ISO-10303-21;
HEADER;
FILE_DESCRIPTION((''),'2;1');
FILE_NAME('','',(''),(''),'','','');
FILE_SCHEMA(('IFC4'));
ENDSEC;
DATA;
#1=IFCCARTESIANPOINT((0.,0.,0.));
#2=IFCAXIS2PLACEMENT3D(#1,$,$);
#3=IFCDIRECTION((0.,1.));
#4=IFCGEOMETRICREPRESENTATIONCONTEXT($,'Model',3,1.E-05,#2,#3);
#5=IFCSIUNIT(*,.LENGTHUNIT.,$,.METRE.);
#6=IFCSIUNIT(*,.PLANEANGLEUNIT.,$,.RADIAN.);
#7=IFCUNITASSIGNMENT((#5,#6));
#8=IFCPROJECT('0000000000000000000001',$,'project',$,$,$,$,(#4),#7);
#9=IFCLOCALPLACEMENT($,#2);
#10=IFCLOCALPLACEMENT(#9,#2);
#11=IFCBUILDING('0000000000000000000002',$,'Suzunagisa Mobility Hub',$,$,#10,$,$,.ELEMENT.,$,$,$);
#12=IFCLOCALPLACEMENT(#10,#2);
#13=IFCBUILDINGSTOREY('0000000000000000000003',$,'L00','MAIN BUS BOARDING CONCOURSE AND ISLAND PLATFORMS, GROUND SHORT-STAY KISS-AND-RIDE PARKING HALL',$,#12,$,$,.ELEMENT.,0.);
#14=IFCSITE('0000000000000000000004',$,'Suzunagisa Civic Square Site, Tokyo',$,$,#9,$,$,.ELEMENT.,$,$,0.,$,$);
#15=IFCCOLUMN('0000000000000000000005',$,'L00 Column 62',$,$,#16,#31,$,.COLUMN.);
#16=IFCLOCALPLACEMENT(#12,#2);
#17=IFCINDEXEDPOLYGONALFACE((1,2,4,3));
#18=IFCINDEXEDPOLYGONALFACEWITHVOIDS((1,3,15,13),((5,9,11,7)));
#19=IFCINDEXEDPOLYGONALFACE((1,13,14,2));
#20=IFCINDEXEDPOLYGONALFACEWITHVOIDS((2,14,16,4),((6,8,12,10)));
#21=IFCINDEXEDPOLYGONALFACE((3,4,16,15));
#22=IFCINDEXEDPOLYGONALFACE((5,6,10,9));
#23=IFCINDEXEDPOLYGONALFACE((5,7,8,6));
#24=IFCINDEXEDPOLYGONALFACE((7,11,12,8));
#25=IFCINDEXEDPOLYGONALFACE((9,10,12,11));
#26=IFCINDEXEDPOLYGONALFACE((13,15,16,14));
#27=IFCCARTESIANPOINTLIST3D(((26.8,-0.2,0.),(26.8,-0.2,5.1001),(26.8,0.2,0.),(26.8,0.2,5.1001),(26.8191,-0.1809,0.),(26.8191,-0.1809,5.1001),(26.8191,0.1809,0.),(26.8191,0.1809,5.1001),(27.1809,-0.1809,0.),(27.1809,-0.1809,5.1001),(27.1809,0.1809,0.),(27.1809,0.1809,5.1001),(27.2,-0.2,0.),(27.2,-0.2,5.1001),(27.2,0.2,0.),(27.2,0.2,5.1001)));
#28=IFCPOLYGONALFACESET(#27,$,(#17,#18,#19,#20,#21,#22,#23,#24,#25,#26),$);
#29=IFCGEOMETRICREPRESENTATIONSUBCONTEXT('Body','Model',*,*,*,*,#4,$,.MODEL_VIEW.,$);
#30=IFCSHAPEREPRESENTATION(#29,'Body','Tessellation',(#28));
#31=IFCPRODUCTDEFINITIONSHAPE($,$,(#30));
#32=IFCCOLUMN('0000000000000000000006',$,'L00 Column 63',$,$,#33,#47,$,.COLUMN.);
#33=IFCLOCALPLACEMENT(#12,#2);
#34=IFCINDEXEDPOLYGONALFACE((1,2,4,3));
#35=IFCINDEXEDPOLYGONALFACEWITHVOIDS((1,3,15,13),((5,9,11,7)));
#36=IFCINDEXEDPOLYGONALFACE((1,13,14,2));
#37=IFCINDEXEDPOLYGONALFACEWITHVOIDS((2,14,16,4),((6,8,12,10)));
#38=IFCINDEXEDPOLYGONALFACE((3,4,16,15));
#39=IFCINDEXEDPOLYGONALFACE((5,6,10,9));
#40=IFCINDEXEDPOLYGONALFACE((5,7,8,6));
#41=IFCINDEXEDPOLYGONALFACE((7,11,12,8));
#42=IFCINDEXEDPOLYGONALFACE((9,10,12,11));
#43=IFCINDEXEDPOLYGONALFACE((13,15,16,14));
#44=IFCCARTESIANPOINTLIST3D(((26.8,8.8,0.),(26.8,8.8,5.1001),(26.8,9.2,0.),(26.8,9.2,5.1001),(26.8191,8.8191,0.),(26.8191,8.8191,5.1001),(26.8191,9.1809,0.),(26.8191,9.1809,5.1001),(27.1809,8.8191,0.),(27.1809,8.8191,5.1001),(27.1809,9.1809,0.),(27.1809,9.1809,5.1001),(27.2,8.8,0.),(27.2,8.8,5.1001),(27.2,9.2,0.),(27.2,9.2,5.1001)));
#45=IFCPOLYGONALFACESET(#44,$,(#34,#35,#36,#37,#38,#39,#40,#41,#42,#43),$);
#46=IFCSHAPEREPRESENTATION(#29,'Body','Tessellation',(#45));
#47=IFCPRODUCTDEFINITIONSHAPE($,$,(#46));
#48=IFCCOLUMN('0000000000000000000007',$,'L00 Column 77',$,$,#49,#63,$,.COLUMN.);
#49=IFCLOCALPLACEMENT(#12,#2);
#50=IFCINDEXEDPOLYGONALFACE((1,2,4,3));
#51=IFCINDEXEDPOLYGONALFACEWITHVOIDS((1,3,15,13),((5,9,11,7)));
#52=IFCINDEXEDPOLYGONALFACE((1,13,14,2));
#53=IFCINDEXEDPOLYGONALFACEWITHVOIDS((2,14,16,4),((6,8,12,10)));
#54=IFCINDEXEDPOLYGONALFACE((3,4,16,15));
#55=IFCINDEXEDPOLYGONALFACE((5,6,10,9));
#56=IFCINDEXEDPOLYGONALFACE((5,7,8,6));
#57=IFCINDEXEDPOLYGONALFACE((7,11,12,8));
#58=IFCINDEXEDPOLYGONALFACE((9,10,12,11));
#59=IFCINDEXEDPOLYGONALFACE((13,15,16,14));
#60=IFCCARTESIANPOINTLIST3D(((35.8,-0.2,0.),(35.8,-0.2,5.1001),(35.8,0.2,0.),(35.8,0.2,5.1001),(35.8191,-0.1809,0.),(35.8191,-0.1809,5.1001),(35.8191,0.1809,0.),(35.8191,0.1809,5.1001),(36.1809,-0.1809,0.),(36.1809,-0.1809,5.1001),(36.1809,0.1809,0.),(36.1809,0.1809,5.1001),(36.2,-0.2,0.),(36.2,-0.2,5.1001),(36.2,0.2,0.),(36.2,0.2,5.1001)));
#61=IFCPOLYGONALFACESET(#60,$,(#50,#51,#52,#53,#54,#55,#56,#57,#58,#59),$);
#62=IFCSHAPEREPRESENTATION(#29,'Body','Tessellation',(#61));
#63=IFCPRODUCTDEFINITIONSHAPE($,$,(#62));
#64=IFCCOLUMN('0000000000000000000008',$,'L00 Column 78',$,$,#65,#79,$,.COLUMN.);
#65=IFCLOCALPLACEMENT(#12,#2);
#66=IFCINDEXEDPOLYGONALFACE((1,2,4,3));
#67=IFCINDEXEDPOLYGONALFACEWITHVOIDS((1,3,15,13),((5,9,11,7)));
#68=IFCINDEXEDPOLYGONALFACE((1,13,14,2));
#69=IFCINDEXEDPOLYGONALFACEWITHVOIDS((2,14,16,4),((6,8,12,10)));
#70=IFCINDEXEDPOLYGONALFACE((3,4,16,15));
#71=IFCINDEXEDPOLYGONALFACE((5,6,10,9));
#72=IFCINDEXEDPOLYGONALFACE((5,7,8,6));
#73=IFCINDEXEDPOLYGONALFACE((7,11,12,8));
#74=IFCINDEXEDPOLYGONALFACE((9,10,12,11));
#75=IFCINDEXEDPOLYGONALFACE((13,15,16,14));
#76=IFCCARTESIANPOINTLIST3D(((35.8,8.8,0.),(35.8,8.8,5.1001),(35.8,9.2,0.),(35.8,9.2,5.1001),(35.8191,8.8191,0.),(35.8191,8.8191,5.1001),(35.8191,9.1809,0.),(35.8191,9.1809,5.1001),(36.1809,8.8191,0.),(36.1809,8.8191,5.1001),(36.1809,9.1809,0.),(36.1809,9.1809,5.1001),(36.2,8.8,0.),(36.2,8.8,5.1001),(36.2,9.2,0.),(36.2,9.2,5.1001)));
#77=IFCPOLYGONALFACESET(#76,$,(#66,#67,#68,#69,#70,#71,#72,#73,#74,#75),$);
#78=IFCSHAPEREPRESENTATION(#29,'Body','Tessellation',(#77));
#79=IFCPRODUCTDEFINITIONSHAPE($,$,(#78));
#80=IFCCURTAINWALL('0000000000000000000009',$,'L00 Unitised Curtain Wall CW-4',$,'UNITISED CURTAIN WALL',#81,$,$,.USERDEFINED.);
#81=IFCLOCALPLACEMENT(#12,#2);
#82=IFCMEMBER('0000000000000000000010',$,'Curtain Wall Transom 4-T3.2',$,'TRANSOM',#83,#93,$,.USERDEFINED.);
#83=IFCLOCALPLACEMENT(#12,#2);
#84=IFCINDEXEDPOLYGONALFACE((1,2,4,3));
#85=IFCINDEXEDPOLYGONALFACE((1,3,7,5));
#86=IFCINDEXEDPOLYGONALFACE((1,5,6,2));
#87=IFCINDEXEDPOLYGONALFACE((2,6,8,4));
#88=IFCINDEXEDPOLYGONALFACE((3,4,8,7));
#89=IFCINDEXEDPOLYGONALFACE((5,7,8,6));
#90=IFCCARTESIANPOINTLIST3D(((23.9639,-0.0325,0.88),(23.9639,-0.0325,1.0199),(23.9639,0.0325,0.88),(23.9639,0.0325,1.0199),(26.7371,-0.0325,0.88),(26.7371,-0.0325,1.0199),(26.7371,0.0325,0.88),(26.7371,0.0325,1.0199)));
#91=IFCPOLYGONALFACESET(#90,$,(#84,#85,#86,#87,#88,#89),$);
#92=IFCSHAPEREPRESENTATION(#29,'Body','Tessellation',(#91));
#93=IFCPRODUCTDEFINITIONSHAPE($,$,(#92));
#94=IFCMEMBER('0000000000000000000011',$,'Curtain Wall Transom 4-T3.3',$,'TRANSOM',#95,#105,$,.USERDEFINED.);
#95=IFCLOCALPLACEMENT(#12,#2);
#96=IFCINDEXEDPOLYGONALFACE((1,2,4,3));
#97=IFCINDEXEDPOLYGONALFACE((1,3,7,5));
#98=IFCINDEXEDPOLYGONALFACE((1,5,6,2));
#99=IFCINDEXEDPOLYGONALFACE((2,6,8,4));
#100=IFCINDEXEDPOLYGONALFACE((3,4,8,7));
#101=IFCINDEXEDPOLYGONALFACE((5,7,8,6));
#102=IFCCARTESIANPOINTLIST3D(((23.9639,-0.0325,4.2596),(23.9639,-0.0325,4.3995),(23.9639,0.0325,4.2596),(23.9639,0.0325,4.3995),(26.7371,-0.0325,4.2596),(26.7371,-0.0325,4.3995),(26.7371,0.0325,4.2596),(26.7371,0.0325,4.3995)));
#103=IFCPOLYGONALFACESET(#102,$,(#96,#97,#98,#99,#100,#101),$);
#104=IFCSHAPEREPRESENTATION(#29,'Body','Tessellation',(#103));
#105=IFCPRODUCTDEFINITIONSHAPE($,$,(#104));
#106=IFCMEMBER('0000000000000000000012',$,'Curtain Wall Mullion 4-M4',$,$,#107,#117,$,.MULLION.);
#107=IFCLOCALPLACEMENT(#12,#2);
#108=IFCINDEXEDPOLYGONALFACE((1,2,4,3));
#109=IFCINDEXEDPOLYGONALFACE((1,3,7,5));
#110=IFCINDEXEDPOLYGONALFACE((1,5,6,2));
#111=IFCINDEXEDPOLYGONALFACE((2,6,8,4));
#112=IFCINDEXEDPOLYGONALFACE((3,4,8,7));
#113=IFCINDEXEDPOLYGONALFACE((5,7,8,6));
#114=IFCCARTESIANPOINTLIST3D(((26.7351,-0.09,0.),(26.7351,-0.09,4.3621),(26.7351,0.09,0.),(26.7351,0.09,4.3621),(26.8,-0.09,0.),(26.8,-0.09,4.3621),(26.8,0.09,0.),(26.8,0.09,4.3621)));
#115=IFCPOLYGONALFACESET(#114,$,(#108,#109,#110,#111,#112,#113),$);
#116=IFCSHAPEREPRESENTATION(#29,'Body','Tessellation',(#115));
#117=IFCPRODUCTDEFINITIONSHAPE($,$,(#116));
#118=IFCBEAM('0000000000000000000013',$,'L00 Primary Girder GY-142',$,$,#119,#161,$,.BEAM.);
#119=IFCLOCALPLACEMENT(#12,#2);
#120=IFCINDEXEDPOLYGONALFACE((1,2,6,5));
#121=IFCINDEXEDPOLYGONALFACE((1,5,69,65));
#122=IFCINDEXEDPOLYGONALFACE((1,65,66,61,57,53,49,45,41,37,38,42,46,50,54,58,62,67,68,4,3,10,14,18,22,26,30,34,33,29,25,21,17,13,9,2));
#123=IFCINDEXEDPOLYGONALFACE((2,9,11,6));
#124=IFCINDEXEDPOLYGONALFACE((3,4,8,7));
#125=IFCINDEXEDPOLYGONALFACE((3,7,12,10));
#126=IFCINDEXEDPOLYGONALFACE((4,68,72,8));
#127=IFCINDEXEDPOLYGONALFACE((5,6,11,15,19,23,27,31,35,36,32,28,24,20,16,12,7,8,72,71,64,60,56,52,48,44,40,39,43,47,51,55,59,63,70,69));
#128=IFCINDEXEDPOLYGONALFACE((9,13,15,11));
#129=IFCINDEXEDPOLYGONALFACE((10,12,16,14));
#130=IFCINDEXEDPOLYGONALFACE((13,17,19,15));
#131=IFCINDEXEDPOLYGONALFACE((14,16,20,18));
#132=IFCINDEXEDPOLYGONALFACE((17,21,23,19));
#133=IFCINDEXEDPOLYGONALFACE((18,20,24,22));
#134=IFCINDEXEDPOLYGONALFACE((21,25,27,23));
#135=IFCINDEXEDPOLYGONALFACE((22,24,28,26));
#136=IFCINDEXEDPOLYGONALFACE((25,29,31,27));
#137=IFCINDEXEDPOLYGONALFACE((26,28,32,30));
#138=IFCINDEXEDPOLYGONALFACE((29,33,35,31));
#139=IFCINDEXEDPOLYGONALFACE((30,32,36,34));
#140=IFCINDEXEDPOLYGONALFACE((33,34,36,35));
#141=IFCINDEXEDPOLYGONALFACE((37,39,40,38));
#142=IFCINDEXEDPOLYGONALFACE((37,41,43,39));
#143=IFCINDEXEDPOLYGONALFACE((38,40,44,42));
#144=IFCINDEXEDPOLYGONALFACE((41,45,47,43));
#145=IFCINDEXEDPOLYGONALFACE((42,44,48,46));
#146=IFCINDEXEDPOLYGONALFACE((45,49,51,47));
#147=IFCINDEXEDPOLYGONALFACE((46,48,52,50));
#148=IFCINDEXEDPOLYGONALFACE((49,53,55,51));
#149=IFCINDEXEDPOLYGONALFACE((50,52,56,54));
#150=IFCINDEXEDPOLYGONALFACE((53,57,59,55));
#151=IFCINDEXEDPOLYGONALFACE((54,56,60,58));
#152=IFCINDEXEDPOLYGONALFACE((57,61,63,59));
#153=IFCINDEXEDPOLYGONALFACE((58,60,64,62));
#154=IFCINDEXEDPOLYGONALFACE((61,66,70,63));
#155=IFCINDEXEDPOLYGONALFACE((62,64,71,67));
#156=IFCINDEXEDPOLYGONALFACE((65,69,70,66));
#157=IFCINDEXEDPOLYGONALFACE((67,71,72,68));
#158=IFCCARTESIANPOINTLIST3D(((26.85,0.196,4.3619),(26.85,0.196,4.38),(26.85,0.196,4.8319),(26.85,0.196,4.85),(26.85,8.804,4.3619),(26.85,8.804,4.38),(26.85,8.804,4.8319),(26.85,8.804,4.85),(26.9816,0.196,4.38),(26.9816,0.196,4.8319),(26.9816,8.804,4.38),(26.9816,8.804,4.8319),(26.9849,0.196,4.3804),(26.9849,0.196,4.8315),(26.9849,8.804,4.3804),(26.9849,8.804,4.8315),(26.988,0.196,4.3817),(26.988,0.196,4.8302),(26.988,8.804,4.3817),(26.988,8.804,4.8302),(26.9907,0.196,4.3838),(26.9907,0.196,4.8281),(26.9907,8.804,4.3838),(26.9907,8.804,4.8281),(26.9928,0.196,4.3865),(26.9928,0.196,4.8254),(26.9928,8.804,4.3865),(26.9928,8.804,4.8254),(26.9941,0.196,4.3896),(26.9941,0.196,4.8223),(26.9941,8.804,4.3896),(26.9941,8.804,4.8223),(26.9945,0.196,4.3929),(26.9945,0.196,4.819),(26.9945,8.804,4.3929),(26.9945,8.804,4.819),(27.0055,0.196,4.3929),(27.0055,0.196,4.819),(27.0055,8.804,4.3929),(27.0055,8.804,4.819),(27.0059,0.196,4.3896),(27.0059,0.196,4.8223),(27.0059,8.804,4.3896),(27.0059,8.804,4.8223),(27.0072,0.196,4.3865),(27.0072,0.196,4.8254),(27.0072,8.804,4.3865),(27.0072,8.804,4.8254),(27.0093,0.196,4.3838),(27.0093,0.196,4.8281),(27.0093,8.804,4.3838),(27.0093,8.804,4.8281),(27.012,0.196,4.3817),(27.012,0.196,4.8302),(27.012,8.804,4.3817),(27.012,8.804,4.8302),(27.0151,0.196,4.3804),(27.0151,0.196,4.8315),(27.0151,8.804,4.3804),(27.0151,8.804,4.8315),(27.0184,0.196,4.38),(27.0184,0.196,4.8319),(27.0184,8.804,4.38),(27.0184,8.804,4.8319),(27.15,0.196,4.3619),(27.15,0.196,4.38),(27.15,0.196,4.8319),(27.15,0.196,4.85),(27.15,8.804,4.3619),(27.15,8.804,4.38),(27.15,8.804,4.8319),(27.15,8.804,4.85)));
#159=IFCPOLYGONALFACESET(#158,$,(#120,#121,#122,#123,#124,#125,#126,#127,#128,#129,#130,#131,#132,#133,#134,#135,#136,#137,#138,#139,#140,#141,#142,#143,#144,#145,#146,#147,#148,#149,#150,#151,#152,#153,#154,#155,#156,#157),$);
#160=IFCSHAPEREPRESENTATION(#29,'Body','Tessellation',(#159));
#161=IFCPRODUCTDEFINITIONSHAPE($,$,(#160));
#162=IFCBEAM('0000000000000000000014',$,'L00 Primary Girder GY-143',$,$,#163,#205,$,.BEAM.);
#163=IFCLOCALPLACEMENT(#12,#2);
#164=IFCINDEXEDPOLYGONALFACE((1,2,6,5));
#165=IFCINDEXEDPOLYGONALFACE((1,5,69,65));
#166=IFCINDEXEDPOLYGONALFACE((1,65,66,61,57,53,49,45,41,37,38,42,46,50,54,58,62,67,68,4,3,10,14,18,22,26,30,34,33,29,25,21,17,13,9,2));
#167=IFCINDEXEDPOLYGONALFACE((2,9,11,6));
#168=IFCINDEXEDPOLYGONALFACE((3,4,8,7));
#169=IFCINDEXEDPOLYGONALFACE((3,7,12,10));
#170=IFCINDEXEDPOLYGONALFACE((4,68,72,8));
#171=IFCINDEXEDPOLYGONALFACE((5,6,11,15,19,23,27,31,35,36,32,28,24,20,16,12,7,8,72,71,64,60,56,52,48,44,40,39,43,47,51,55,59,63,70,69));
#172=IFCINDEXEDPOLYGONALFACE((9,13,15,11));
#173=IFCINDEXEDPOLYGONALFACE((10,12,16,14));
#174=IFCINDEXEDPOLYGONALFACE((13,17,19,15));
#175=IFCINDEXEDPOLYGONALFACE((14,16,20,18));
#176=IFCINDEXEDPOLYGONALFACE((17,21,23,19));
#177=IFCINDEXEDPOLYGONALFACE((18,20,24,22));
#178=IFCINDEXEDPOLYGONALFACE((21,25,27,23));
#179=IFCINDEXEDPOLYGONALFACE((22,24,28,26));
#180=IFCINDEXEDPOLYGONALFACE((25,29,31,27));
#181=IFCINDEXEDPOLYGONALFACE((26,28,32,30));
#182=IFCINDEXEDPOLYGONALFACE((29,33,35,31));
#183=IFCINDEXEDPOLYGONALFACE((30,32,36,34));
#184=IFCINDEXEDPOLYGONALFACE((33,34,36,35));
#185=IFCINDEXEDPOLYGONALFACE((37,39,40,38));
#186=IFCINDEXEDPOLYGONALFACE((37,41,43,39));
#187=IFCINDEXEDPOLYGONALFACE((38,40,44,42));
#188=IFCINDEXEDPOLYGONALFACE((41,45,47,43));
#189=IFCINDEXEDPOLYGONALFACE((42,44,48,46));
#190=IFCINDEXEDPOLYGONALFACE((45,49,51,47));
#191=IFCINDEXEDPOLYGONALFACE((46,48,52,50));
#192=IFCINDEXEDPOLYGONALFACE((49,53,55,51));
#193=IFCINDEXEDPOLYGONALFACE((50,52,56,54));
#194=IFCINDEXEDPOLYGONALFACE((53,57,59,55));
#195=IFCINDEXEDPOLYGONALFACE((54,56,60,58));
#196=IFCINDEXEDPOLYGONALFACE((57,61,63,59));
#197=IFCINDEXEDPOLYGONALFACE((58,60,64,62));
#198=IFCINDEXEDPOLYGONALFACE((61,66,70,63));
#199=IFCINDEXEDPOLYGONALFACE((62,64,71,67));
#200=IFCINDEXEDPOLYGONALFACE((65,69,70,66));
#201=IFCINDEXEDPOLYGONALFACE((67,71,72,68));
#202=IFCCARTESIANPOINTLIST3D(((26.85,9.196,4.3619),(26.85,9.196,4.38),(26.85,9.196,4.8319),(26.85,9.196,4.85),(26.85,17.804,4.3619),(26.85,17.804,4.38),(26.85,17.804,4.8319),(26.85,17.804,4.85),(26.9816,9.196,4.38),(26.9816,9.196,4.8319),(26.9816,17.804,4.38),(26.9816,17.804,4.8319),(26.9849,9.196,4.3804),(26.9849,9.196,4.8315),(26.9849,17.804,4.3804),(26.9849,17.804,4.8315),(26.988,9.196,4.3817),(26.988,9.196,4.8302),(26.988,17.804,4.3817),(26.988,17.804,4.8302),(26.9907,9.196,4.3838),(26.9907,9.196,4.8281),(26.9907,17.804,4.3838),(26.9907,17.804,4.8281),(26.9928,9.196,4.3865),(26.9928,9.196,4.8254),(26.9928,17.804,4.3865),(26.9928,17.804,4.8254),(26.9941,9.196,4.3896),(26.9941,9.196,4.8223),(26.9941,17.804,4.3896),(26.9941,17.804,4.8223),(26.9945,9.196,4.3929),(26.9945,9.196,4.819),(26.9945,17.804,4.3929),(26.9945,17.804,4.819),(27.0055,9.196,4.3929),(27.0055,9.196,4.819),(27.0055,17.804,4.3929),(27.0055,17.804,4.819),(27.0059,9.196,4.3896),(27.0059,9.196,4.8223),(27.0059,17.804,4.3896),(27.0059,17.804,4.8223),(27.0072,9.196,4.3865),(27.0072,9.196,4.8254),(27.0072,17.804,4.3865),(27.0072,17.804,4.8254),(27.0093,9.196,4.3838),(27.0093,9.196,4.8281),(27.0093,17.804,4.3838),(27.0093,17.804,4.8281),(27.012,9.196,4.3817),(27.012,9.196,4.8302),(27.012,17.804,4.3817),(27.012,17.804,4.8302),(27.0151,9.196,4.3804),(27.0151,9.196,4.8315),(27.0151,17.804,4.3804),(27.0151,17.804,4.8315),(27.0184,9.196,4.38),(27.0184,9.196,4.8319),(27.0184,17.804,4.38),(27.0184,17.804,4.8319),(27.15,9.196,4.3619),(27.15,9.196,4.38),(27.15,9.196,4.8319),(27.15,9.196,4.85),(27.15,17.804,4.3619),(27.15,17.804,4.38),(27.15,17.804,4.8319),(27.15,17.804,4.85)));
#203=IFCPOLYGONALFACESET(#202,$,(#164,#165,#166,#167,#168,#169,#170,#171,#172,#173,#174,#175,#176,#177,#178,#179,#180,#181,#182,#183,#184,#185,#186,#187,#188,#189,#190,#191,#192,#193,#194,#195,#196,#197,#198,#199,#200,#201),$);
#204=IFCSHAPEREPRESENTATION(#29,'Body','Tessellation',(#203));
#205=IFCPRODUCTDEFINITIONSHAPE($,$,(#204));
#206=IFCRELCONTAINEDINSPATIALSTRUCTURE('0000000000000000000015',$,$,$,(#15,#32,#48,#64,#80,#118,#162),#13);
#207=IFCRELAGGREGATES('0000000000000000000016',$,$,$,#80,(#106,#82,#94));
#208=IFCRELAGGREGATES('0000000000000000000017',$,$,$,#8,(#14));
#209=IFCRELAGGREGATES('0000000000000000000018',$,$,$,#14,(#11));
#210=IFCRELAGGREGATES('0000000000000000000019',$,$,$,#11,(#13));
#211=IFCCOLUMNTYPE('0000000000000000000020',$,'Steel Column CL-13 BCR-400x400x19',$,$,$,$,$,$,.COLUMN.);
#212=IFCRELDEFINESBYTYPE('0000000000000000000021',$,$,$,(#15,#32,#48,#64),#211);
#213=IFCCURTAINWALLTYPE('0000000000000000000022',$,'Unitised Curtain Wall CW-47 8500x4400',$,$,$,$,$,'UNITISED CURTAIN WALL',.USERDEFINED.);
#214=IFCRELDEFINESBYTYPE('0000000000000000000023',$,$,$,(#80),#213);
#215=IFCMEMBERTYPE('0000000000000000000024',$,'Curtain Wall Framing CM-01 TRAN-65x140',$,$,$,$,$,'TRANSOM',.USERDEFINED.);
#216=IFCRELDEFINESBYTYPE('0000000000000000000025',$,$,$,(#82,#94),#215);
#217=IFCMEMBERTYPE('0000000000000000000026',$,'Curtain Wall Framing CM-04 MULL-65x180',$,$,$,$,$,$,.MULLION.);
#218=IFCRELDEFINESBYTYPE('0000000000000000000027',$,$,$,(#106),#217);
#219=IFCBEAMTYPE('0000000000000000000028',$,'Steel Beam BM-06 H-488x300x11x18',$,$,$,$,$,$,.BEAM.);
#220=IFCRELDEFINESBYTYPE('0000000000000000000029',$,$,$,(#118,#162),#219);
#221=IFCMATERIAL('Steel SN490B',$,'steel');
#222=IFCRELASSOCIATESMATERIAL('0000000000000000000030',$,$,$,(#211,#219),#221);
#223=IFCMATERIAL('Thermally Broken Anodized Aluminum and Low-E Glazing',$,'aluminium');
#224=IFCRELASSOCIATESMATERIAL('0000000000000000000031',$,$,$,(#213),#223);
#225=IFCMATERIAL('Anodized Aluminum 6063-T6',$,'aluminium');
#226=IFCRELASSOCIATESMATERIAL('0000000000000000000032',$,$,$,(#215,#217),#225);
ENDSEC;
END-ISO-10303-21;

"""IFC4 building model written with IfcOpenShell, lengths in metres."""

from ifc_helpers import new_model, si_unit, direction, frame, origin, origin_2d, place, context, subcontext, project, spatial, rectangle, hollow_rectangle, i_section, extrude, material, material_profile, profile_set, type_object, element, aggregate, save


model = new_model("IFC4")

# Units and contexts
model_context = context("Model", 3, precision=1e-05, world=origin(), true_north=direction((0.0, 1.0)))
body_context = subcontext(model_context, "Body", "Model", "MODEL_VIEW")
ifc_project = project(units=[si_unit("LENGTHUNIT", "METRE"), si_unit("PLANEANGLEUNIT", "RADIAN")], contexts=[model_context])

# Site, building, storey
site_placement = place(None, origin())
site = spatial("IfcSite", under=ifc_project, at=site_placement, Name="Suzunagisa Civic Square Site, Tokyo", CompositionType="ELEMENT", RefElevation=0.0)
building_placement = place(site_placement, origin())
building = spatial("IfcBuilding", under=site, at=building_placement, Name="Suzunagisa Mobility Hub", CompositionType="ELEMENT")
storey_placement = place(building_placement, origin())
storey = spatial("IfcBuildingStorey", under=building, at=storey_placement, Name="L00", Description="MAIN BUS BOARDING CONCOURSE AND ISLAND PLATFORMS, GROUND SHORT-STAY KISS-AND-RIDE PARKING HALL", CompositionType="ELEMENT", Elevation=0.0)

# Columns
ifc_material_1 = material(Name="Steel SN490B", Category="steel")
ifc_material_profile_1 = material_profile(ifc_material_1, hollow_rectangle(XDim=0.3999, YDim=0.3999, WallThickness=0.019, at=origin_2d()), Name="BCR-400x400x19")
ifc_profile_set_1 = profile_set([ifc_material_profile_1], Name="Steel SN490B")
column_type = type_object("IfcColumnType", Name="Steel Column CL-13 BCR-400x400x19", PredefinedType="COLUMN", material=ifc_profile_set_1)
for number, where, z_axis, x_axis, name in (
    (1, (27.0, 0.0, 0.0), (0.0, 0.0, 1.0), (1.0, 0.0, 0.0), "L00 Column 62"),
    (2, (27.0, 9.0, 0.0), (0.0, 0.0, 1.0), (1.0, 0.0, 0.0), "L00 Column 63"),
    (3, (36.0, 0.0, 0.0), (0.0, 0.0, 1.0), (1.0, 0.0, 0.0), "L00 Column 77"),
    (4, (36.0, 9.0, 0.0), (0.0, 0.0, 1.0), (1.0, 0.0, 0.0), "L00 Column 78"),
):
    element("IfcColumn", number, at=place(storey_placement, frame(where, z_axis=z_axis, x_axis=x_axis)), inside=storey, type_object=column_type, Name=name, PredefinedType="COLUMN", context=body_context, shape_type="SweptSolid", body=[
        extrude(hollow_rectangle(XDim=0.3999, YDim=0.3999, WallThickness=0.019, at=origin_2d()), origin(), (0.0, 0.0, 1.0), 5.1001),
    ])

# Curtain wall, members
ifc_material_2 = material(Name="Thermally Broken Anodized Aluminum and Low-E Glazing", Category="aluminium")
curtain_wall_type = type_object("IfcCurtainWallType", Name="Unitised Curtain Wall CW-47 8500x4400", ElementType="UNITISED CURTAIN WALL", PredefinedType="USERDEFINED", material=ifc_material_2)
curtain_wall_placement = place(storey_placement, origin())
curtain_wall = element("IfcCurtainWall", 5, at=curtain_wall_placement, inside=storey, type_object=curtain_wall_type, Name="L00 Unitised Curtain Wall CW-4", ObjectType="UNITISED CURTAIN WALL", PredefinedType="USERDEFINED")
ifc_material_3 = material(Name="Anodized Aluminum 6063-T6", Category="aluminium")
ifc_material_profile_2 = material_profile(ifc_material_3, rectangle(XDim=0.0649, YDim=0.1399, at=origin_2d()), Name="TRAN-65x140")
ifc_profile_set_2 = profile_set([ifc_material_profile_2], Name="Anodized Aluminum 6063-T6")
member_type_1 = type_object("IfcMemberType", Name="Curtain Wall Framing CM-01 TRAN-65x140", ElementType="TRANSOM", PredefinedType="USERDEFINED", material=ifc_profile_set_2)
member_1_placement = place(storey_placement, frame((23.9639, 0.0, 0.95), z_axis=(1.0, 0.0, 0.0), x_axis=(0.0, 1.0, 0.0)))
member_1 = element("IfcMember", 6, at=member_1_placement, type_object=member_type_1, Name="Curtain Wall Transom 4-T3.2", ObjectType="TRANSOM", PredefinedType="USERDEFINED", context=body_context, shape_type="SweptSolid", body=[
    extrude(rectangle(XDim=0.0649, YDim=0.1399, at=origin_2d()), origin(), (0.0, 0.0, 1.0), 2.7732),
])
member_2_placement = place(storey_placement, frame((23.9639, 0.0, 4.3296), z_axis=(1.0, 0.0, 0.0), x_axis=(0.0, 1.0, 0.0)))
member_2 = element("IfcMember", 7, at=member_2_placement, type_object=member_type_1, Name="Curtain Wall Transom 4-T3.3", ObjectType="TRANSOM", PredefinedType="USERDEFINED", context=body_context, shape_type="SweptSolid", body=[
    extrude(rectangle(XDim=0.0649, YDim=0.1399, at=origin_2d()), origin(), (0.0, 0.0, 1.0), 2.7732),
])
ifc_material_profile_3 = material_profile(ifc_material_3, rectangle(XDim=0.0649, YDim=0.1799, at=origin_2d()), Name="MULL-65x180")
ifc_profile_set_3 = profile_set([ifc_material_profile_3], Name="Anodized Aluminum 6063-T6")
member_type_2 = type_object("IfcMemberType", Name="Curtain Wall Framing CM-04 MULL-65x180", PredefinedType="MULLION", material=ifc_profile_set_3)
member_3_placement = place(storey_placement, frame((26.7676, 0.0, 0.0), z_axis=(0.0, 0.0, 1.0), x_axis=(1.0, 0.0, 0.0)))
member_3 = element("IfcMember", 8, at=member_3_placement, type_object=member_type_2, Name="Curtain Wall Mullion 4-M4", PredefinedType="MULLION", context=body_context, shape_type="SweptSolid", body=[
    extrude(rectangle(XDim=0.0649, YDim=0.1799, at=origin_2d()), origin(), (0.0, 0.0, 1.0), 4.3621),
])

# Beams
ifc_material_profile_4 = material_profile(ifc_material_1, i_section(OverallWidth=0.3, OverallDepth=0.488, WebThickness=0.011, FlangeThickness=0.0181, FilletRadius=0.0129, at=origin_2d()), Name="H-488x300x11x18")
ifc_profile_set_4 = profile_set([ifc_material_profile_4], Name="Steel SN490B")
beam_type_1 = type_object("IfcBeamType", Name="Steel Beam BM-06 H-488x300x11x18", PredefinedType="BEAM", material=ifc_profile_set_4)
for number, where, z_axis, x_axis, name in (
    (9, (27.0, 0.196, 4.606), (0.0, 1.0, 0.0), (-1.0, 0.0, 0.0), "L00 Primary Girder GY-142"),
    (10, (27.0, 9.196, 4.606), (0.0, 1.0, 0.0), (-1.0, 0.0, 0.0), "L00 Primary Girder GY-143"),
):
    element("IfcBeam", number, at=place(storey_placement, frame(where, z_axis=z_axis, x_axis=x_axis)), inside=storey, type_object=beam_type_1, Name=name, PredefinedType="BEAM", context=body_context, shape_type="SweptSolid", body=[
        extrude(i_section(OverallWidth=0.3, OverallDepth=0.488, WebThickness=0.011, FlangeThickness=0.0181, FilletRadius=0.0129, at=origin_2d()), origin(), (0.0, 0.0, 1.0), 8.6079),
    ])

aggregate(curtain_wall, [member_3, member_1, member_2])

save(model, "model.ifc")
